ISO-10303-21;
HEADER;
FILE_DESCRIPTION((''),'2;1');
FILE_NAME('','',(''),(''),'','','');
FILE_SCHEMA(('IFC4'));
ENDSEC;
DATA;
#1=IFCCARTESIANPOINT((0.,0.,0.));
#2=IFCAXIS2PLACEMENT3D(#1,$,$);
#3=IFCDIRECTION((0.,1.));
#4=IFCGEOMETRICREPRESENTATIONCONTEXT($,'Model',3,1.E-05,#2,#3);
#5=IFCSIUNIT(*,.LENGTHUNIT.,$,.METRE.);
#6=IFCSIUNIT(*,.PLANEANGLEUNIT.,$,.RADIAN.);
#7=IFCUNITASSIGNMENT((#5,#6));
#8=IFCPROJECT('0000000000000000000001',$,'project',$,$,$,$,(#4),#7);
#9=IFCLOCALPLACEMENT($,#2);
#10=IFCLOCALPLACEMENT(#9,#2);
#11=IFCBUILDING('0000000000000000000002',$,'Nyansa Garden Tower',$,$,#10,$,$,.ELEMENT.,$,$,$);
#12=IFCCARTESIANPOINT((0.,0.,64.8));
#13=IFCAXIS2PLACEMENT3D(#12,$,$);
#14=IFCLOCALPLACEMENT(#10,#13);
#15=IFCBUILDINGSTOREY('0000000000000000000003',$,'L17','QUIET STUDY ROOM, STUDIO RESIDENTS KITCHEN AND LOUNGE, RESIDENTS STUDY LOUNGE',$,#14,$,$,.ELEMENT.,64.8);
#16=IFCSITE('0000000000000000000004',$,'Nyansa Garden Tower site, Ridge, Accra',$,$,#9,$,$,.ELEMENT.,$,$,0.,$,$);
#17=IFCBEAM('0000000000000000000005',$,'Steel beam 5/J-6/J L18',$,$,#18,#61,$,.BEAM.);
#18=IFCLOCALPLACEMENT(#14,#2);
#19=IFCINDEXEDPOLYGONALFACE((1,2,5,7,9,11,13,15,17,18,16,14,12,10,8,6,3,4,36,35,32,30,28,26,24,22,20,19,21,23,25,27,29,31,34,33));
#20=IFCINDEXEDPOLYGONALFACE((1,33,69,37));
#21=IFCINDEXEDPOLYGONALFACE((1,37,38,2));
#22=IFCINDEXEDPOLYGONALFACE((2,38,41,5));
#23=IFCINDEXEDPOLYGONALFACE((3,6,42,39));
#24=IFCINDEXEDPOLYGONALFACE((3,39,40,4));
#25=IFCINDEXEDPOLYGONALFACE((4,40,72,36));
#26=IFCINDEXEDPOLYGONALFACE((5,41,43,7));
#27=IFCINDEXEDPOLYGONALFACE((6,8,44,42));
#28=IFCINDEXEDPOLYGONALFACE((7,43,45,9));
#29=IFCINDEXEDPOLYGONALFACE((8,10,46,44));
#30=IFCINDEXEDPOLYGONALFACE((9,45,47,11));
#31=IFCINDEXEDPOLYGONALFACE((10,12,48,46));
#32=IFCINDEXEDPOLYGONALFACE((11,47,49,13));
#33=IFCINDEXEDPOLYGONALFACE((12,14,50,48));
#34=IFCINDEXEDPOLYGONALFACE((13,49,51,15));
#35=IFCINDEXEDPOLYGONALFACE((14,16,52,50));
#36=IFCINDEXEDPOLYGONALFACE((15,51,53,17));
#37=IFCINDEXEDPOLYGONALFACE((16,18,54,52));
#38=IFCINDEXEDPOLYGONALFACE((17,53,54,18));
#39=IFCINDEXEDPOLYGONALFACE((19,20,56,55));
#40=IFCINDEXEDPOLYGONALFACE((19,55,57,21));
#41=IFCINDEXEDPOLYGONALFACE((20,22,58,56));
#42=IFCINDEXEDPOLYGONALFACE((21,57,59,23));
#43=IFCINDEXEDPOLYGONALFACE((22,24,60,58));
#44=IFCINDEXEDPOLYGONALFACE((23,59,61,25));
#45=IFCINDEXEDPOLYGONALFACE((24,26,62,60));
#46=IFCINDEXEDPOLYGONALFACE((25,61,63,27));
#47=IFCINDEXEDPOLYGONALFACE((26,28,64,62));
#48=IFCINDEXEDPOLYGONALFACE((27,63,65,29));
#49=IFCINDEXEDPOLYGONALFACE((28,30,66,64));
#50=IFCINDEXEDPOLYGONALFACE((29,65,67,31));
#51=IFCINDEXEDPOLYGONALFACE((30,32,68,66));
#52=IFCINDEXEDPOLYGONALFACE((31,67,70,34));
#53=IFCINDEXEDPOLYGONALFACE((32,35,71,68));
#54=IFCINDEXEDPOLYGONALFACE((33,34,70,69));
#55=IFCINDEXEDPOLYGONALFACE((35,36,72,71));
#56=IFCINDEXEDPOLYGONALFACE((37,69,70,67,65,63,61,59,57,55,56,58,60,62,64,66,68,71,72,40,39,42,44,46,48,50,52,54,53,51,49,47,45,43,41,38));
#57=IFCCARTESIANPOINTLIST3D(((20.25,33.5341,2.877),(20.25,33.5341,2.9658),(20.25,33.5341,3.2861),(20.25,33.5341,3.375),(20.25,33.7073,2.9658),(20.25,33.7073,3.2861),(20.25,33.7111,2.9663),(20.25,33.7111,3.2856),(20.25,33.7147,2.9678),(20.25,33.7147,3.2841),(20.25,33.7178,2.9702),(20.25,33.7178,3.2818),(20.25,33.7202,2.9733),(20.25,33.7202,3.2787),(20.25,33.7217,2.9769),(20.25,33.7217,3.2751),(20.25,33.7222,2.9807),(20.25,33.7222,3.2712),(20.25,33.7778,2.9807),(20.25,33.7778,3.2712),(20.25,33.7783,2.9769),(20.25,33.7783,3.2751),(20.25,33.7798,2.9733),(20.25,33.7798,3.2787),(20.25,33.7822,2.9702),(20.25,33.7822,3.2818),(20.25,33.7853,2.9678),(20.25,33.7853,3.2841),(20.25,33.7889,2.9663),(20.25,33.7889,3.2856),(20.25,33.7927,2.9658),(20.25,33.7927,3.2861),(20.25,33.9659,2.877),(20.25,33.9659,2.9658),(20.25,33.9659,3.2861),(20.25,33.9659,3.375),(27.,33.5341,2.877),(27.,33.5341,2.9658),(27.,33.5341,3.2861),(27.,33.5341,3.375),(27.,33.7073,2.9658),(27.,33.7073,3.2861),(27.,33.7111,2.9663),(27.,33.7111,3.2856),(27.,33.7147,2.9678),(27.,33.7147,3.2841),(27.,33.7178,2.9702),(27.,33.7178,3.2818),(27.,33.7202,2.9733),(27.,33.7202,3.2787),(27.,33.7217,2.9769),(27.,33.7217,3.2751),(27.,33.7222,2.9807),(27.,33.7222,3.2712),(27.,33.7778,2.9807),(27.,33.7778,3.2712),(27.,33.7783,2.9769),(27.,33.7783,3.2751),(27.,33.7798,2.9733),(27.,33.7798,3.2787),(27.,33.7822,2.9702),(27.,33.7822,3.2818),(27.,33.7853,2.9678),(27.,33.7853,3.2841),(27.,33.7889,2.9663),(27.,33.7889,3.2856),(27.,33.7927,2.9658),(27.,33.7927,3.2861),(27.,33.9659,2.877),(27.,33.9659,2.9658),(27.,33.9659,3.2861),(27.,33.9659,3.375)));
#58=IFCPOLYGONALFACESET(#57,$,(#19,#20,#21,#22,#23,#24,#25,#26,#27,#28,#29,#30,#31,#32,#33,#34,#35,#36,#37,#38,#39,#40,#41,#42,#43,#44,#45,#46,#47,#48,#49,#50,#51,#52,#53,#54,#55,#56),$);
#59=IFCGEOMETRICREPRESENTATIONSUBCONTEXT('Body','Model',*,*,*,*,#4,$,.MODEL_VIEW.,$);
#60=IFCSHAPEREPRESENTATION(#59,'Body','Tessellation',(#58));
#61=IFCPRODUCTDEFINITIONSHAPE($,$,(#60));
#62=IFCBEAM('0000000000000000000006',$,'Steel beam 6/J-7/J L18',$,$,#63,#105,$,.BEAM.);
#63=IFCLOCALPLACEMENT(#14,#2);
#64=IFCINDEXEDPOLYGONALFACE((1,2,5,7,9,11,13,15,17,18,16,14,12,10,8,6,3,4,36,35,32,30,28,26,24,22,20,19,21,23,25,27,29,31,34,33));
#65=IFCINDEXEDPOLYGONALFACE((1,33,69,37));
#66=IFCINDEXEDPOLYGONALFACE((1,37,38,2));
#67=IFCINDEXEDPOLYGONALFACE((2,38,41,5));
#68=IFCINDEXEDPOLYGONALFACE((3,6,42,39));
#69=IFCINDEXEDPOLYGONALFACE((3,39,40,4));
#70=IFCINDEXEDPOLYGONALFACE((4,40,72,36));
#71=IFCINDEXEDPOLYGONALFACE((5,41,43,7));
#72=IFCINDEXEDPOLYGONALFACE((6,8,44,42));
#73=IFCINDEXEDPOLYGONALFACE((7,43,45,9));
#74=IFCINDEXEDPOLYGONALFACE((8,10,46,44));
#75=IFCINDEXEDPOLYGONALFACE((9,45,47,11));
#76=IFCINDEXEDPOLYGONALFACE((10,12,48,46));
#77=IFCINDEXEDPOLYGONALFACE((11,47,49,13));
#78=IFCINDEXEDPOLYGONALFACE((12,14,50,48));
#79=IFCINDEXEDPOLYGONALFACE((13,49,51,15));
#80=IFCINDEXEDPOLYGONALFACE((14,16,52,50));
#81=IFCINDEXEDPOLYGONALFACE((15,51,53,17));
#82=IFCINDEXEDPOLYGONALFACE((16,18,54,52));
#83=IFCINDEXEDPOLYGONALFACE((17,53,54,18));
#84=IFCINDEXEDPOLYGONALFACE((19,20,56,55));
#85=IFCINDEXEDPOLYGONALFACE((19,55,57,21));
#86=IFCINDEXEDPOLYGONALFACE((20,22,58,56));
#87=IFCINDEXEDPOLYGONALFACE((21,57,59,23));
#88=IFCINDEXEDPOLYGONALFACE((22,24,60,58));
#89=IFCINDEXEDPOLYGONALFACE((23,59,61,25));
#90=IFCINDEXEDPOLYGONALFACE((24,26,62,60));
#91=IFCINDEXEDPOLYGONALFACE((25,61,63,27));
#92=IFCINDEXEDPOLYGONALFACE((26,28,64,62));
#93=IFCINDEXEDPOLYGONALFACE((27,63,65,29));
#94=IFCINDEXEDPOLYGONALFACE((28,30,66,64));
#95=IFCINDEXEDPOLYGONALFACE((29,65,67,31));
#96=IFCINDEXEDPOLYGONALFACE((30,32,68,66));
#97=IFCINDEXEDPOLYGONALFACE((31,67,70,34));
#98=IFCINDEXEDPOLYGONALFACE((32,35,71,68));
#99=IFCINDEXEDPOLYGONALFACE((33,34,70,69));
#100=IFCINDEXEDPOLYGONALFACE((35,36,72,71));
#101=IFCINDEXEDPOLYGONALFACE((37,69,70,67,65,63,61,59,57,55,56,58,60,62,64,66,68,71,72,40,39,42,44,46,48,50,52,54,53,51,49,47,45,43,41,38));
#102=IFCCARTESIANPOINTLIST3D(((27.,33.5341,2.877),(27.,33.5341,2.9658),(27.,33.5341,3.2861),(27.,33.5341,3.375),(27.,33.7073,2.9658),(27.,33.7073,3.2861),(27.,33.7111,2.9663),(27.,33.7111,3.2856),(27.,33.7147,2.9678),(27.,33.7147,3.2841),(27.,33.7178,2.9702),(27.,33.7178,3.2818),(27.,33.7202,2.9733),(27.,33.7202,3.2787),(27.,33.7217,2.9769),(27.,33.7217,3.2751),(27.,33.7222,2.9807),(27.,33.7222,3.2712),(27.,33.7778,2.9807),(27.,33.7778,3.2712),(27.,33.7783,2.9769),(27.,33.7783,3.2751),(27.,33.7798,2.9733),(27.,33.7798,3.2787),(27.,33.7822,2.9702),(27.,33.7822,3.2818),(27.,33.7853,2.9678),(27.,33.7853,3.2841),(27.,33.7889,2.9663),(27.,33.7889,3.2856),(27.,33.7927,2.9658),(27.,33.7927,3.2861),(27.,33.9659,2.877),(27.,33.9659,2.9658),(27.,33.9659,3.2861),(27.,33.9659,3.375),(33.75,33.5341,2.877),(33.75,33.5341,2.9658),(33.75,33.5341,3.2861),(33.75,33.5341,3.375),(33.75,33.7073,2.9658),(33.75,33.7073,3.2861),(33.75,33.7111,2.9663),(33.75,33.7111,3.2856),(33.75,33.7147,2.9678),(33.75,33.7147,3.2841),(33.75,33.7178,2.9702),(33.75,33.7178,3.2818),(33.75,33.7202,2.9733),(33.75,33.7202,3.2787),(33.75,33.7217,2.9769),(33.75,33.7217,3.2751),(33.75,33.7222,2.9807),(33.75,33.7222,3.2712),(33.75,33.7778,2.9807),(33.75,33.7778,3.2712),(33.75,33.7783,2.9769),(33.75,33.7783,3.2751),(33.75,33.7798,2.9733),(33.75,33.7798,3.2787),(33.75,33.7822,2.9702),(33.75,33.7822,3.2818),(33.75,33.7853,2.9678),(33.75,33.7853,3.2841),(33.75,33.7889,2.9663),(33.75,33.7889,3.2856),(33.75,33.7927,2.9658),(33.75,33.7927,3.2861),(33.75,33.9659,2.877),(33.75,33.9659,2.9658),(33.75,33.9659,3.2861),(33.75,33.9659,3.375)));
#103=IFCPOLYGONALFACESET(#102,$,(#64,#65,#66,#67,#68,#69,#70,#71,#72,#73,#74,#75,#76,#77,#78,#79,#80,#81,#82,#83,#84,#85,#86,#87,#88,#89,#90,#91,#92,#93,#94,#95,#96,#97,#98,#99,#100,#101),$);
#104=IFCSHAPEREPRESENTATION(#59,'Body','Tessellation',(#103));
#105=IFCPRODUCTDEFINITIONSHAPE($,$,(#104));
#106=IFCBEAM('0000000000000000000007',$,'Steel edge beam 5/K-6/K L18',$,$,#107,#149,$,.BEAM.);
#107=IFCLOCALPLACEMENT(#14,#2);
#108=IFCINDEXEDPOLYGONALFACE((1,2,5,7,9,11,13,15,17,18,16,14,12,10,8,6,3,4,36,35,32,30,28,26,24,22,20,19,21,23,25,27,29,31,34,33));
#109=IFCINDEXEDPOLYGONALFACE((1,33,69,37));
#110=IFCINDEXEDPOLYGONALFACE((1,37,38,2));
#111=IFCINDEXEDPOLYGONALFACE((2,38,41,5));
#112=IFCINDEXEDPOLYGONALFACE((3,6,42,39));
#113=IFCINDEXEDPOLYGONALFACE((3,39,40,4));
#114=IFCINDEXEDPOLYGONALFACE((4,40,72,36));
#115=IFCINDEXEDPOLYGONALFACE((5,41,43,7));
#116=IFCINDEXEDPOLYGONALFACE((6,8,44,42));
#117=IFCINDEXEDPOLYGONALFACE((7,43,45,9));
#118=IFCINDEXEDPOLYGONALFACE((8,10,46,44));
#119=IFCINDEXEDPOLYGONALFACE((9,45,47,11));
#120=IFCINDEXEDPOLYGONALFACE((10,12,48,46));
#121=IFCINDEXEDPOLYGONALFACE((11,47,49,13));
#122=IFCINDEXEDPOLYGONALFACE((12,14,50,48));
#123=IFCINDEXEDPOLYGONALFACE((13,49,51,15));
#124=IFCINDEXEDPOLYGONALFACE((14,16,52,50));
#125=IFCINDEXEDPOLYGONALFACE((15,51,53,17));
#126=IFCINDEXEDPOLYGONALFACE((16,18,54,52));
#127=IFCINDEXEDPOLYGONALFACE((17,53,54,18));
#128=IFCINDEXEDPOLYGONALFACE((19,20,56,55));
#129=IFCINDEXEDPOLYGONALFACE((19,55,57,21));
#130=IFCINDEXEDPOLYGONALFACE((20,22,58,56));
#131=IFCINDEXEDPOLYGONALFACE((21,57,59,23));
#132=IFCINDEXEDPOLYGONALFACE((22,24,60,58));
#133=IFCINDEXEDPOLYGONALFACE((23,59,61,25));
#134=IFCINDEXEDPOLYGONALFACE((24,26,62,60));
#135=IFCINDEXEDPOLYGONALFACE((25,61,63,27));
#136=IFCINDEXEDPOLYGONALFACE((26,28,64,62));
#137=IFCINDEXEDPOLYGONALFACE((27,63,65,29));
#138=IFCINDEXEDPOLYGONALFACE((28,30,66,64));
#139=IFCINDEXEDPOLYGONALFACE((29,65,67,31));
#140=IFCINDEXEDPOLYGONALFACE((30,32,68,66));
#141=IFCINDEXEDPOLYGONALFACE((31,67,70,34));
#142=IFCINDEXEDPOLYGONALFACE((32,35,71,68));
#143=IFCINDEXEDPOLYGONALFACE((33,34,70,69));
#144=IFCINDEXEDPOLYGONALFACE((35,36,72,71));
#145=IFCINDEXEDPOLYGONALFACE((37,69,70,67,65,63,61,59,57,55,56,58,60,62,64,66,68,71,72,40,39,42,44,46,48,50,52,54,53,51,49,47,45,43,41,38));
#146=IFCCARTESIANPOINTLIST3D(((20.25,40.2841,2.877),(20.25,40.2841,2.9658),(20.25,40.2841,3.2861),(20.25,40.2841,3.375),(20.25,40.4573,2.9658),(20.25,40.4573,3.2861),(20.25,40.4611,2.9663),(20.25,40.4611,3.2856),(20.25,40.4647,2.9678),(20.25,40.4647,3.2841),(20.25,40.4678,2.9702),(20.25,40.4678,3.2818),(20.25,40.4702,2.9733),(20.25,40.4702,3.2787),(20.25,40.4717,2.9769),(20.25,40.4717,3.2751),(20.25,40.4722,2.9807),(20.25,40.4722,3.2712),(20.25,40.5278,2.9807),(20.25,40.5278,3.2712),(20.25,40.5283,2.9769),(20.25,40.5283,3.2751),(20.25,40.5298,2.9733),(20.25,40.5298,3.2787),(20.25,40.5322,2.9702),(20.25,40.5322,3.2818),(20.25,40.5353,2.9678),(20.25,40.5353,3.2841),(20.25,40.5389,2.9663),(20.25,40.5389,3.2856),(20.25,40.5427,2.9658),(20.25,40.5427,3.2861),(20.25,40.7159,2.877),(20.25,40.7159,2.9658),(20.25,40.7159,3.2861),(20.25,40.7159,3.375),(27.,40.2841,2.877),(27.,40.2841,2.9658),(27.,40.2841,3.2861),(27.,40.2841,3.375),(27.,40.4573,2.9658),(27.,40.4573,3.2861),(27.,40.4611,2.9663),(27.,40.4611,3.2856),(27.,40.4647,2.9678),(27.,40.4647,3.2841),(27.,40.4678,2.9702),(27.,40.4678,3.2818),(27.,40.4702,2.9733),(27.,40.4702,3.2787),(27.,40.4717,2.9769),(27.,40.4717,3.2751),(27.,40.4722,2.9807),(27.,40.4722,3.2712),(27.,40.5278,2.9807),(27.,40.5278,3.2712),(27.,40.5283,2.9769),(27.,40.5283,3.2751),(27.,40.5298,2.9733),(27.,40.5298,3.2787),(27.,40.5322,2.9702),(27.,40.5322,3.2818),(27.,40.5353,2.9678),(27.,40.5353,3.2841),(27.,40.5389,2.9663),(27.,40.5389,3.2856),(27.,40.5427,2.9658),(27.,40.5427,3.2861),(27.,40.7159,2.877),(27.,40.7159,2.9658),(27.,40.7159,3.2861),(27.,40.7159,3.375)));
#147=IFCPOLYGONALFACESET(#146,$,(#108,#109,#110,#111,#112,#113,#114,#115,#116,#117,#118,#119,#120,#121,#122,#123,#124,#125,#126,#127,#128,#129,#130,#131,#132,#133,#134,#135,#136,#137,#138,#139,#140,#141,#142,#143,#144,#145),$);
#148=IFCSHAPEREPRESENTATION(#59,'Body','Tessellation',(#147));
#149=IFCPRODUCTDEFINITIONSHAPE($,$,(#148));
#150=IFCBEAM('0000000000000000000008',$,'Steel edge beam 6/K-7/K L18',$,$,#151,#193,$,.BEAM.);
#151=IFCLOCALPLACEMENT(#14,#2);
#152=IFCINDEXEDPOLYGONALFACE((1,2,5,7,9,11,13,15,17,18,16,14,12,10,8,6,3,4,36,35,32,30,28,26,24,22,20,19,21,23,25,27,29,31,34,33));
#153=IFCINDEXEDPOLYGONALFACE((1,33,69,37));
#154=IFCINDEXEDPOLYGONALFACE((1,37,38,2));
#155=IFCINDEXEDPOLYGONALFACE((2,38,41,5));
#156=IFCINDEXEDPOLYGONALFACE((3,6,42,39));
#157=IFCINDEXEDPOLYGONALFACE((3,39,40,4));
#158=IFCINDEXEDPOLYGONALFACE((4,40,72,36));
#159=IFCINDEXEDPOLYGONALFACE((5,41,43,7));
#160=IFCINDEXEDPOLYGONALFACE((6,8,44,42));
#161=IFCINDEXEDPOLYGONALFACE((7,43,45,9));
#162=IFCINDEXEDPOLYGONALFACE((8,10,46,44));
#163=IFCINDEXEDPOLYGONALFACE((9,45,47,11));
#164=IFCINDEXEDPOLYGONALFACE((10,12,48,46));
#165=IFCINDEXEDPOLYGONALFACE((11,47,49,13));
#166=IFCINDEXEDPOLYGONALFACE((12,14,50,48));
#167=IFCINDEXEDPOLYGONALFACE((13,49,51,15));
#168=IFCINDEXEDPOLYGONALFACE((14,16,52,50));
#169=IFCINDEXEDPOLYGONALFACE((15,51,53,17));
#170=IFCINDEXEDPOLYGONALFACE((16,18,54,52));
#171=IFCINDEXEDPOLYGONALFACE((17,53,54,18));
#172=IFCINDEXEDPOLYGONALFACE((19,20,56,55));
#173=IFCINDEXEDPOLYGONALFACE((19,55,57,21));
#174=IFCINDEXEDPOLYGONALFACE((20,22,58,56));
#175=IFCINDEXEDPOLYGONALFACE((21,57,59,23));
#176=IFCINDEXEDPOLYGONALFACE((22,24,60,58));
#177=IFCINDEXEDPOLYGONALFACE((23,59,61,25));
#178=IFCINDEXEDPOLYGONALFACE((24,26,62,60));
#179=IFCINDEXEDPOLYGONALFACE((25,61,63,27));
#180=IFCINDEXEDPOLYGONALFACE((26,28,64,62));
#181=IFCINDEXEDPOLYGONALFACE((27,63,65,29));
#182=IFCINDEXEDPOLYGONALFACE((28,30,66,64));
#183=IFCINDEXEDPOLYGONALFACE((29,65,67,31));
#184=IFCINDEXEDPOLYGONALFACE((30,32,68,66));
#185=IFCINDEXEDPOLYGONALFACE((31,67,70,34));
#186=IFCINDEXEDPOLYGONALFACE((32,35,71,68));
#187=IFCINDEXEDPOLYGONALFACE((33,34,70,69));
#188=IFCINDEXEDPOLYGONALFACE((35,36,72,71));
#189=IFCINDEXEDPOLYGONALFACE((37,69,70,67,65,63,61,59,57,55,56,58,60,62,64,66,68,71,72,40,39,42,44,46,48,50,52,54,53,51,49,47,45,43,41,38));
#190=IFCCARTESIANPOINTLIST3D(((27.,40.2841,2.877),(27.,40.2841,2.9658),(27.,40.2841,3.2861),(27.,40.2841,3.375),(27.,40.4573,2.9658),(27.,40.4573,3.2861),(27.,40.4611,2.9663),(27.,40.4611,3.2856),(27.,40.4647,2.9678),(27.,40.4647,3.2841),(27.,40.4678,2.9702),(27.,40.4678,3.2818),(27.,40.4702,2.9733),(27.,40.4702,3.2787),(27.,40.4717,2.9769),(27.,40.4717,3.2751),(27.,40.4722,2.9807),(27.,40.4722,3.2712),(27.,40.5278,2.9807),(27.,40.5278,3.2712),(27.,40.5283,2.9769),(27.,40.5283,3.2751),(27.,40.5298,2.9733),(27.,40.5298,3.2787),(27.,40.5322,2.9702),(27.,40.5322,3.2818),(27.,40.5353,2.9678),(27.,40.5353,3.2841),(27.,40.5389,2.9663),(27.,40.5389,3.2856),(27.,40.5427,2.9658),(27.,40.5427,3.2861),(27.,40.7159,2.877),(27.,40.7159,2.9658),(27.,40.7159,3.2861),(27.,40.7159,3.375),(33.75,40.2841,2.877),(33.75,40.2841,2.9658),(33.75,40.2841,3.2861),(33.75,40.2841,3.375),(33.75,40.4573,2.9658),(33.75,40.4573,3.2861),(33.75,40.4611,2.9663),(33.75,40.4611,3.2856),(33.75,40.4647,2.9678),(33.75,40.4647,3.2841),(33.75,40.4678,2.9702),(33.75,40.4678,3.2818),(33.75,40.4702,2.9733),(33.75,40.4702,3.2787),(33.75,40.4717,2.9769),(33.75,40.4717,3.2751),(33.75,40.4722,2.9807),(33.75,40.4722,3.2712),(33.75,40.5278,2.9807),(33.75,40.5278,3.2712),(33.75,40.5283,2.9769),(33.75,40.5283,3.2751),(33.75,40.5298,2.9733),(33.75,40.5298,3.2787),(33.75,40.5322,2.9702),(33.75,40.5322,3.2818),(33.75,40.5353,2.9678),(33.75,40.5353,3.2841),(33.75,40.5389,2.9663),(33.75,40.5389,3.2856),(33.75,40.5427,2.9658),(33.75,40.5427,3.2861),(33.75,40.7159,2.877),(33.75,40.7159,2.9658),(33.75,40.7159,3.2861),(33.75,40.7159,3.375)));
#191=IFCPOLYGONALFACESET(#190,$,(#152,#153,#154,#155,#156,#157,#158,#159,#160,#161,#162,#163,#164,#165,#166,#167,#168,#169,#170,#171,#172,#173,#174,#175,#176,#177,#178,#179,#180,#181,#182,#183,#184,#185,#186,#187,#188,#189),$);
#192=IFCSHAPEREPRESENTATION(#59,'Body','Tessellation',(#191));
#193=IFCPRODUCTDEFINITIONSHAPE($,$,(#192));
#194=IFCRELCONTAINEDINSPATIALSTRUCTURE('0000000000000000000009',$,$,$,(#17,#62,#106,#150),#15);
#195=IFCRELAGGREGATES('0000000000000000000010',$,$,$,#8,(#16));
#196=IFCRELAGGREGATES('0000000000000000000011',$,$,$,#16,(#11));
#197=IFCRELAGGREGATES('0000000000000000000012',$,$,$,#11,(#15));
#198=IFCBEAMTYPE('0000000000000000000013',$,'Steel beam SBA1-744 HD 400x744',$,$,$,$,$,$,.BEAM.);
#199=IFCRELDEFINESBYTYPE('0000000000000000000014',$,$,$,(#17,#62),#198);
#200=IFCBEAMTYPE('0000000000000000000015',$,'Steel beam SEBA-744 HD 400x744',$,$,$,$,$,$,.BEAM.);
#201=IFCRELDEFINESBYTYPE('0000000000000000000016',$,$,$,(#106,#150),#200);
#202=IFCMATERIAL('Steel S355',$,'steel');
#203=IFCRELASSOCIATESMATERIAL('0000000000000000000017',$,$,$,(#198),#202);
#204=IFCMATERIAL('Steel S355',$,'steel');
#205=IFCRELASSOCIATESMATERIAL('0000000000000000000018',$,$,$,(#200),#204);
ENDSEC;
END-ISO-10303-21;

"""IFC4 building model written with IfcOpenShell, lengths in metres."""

from ifc_helpers import new_model, si_unit, direction, frame, origin, origin_2d, place, context, subcontext, project, spatial, i_section, extrude, material, material_profile, profile_set, type_object, element, save


model = new_model("IFC4")

# Units and contexts
model_context = context("Model", 3, precision=1e-05, world=origin(), true_north=direction((0.0, 1.0)))
body_context = subcontext(model_context, "Body", "Model", "MODEL_VIEW")
ifc_project = project(units=[si_unit("LENGTHUNIT", "METRE"), si_unit("PLANEANGLEUNIT", "RADIAN")], contexts=[model_context])

# Site, building, storey
site_placement = place(None, origin())
site = spatial("IfcSite", under=ifc_project, at=site_placement, Name="Nyansa Garden Tower site, Ridge, Accra", CompositionType="ELEMENT", RefElevation=0.0)
building_placement = place(site_placement, origin())
building = spatial("IfcBuilding", under=site, at=building_placement, Name="Nyansa Garden Tower", CompositionType="ELEMENT")
storey_placement = place(building_placement, frame((0.0, 0.0, 64.8)))
storey = spatial("IfcBuildingStorey", under=building, at=storey_placement, Name="L17", Description="QUIET STUDY ROOM, STUDIO RESIDENTS KITCHEN AND LOUNGE, RESIDENTS STUDY LOUNGE", CompositionType="ELEMENT", Elevation=64.8)

# Beams
ifc_material_1 = material(Name="Steel S355", Category="steel")
ifc_material_profile_1 = material_profile(ifc_material_1, i_section(OverallWidth=0.4319, OverallDepth=0.498, WebThickness=0.0557, FlangeThickness=0.0889, FilletRadius=0.0149, at=origin_2d()), Name="HD 400x744")
ifc_profile_set_1 = profile_set([ifc_material_profile_1], Name="Steel S355")
beam_type_1 = type_object("IfcBeamType", Name="Steel beam SBA1-744 HD 400x744", PredefinedType="BEAM", material=ifc_profile_set_1)
for number, where, z_axis, x_axis, name in (
    (1, (20.25, 33.75, 3.126), (1.0, 0.0, 0.0), (0.0, 1.0, 0.0), "Steel beam 5/J-6/J L18"),
    (2, (27.0, 33.75, 3.126), (1.0, 0.0, 0.0), (0.0, 1.0, 0.0), "Steel beam 6/J-7/J L18"),
):
    element("IfcBeam", number, at=place(storey_placement, frame(where, z_axis=z_axis, x_axis=x_axis)), inside=storey, type_object=beam_type_1, Name=name, PredefinedType="BEAM", context=body_context, shape_type="SweptSolid", body=[
        extrude(i_section(OverallWidth=0.4319, OverallDepth=0.498, WebThickness=0.0557, FlangeThickness=0.0889, FilletRadius=0.0149, at=origin_2d()), origin(), (0.0, 0.0, 1.0), 6.75),
    ])
ifc_material_2 = material(Name="Steel S355", Category="steel")
ifc_material_profile_2 = material_profile(ifc_material_2, i_section(OverallWidth=0.4319, OverallDepth=0.498, WebThickness=0.0557, FlangeThickness=0.0889, FilletRadius=0.0149, at=origin_2d()), Name="HD 400x744")
ifc_profile_set_2 = profile_set([ifc_material_profile_2], Name="Steel S355")
beam_type_2 = type_object("IfcBeamType", Name="Steel beam SEBA-744 HD 400x744", PredefinedType="BEAM", material=ifc_profile_set_2)
for number, where, z_axis, x_axis, name in (
    (3, (20.25, 40.5, 3.126), (1.0, 0.0, 0.0), (0.0, 1.0, 0.0), "Steel edge beam 5/K-6/K L18"),
    (4, (27.0, 40.5, 3.126), (1.0, 0.0, 0.0), (0.0, 1.0, 0.0), "Steel edge beam 6/K-7/K L18"),
):
    element("IfcBeam", number, at=place(storey_placement, frame(where, z_axis=z_axis, x_axis=x_axis)), inside=storey, type_object=beam_type_2, Name=name, PredefinedType="BEAM", context=body_context, shape_type="SweptSolid", body=[
        extrude(i_section(OverallWidth=0.4319, OverallDepth=0.498, WebThickness=0.0557, FlangeThickness=0.0889, FilletRadius=0.0149, at=origin_2d()), origin(), (0.0, 0.0, 1.0), 6.75),
    ])

save(model, "model.ifc")
